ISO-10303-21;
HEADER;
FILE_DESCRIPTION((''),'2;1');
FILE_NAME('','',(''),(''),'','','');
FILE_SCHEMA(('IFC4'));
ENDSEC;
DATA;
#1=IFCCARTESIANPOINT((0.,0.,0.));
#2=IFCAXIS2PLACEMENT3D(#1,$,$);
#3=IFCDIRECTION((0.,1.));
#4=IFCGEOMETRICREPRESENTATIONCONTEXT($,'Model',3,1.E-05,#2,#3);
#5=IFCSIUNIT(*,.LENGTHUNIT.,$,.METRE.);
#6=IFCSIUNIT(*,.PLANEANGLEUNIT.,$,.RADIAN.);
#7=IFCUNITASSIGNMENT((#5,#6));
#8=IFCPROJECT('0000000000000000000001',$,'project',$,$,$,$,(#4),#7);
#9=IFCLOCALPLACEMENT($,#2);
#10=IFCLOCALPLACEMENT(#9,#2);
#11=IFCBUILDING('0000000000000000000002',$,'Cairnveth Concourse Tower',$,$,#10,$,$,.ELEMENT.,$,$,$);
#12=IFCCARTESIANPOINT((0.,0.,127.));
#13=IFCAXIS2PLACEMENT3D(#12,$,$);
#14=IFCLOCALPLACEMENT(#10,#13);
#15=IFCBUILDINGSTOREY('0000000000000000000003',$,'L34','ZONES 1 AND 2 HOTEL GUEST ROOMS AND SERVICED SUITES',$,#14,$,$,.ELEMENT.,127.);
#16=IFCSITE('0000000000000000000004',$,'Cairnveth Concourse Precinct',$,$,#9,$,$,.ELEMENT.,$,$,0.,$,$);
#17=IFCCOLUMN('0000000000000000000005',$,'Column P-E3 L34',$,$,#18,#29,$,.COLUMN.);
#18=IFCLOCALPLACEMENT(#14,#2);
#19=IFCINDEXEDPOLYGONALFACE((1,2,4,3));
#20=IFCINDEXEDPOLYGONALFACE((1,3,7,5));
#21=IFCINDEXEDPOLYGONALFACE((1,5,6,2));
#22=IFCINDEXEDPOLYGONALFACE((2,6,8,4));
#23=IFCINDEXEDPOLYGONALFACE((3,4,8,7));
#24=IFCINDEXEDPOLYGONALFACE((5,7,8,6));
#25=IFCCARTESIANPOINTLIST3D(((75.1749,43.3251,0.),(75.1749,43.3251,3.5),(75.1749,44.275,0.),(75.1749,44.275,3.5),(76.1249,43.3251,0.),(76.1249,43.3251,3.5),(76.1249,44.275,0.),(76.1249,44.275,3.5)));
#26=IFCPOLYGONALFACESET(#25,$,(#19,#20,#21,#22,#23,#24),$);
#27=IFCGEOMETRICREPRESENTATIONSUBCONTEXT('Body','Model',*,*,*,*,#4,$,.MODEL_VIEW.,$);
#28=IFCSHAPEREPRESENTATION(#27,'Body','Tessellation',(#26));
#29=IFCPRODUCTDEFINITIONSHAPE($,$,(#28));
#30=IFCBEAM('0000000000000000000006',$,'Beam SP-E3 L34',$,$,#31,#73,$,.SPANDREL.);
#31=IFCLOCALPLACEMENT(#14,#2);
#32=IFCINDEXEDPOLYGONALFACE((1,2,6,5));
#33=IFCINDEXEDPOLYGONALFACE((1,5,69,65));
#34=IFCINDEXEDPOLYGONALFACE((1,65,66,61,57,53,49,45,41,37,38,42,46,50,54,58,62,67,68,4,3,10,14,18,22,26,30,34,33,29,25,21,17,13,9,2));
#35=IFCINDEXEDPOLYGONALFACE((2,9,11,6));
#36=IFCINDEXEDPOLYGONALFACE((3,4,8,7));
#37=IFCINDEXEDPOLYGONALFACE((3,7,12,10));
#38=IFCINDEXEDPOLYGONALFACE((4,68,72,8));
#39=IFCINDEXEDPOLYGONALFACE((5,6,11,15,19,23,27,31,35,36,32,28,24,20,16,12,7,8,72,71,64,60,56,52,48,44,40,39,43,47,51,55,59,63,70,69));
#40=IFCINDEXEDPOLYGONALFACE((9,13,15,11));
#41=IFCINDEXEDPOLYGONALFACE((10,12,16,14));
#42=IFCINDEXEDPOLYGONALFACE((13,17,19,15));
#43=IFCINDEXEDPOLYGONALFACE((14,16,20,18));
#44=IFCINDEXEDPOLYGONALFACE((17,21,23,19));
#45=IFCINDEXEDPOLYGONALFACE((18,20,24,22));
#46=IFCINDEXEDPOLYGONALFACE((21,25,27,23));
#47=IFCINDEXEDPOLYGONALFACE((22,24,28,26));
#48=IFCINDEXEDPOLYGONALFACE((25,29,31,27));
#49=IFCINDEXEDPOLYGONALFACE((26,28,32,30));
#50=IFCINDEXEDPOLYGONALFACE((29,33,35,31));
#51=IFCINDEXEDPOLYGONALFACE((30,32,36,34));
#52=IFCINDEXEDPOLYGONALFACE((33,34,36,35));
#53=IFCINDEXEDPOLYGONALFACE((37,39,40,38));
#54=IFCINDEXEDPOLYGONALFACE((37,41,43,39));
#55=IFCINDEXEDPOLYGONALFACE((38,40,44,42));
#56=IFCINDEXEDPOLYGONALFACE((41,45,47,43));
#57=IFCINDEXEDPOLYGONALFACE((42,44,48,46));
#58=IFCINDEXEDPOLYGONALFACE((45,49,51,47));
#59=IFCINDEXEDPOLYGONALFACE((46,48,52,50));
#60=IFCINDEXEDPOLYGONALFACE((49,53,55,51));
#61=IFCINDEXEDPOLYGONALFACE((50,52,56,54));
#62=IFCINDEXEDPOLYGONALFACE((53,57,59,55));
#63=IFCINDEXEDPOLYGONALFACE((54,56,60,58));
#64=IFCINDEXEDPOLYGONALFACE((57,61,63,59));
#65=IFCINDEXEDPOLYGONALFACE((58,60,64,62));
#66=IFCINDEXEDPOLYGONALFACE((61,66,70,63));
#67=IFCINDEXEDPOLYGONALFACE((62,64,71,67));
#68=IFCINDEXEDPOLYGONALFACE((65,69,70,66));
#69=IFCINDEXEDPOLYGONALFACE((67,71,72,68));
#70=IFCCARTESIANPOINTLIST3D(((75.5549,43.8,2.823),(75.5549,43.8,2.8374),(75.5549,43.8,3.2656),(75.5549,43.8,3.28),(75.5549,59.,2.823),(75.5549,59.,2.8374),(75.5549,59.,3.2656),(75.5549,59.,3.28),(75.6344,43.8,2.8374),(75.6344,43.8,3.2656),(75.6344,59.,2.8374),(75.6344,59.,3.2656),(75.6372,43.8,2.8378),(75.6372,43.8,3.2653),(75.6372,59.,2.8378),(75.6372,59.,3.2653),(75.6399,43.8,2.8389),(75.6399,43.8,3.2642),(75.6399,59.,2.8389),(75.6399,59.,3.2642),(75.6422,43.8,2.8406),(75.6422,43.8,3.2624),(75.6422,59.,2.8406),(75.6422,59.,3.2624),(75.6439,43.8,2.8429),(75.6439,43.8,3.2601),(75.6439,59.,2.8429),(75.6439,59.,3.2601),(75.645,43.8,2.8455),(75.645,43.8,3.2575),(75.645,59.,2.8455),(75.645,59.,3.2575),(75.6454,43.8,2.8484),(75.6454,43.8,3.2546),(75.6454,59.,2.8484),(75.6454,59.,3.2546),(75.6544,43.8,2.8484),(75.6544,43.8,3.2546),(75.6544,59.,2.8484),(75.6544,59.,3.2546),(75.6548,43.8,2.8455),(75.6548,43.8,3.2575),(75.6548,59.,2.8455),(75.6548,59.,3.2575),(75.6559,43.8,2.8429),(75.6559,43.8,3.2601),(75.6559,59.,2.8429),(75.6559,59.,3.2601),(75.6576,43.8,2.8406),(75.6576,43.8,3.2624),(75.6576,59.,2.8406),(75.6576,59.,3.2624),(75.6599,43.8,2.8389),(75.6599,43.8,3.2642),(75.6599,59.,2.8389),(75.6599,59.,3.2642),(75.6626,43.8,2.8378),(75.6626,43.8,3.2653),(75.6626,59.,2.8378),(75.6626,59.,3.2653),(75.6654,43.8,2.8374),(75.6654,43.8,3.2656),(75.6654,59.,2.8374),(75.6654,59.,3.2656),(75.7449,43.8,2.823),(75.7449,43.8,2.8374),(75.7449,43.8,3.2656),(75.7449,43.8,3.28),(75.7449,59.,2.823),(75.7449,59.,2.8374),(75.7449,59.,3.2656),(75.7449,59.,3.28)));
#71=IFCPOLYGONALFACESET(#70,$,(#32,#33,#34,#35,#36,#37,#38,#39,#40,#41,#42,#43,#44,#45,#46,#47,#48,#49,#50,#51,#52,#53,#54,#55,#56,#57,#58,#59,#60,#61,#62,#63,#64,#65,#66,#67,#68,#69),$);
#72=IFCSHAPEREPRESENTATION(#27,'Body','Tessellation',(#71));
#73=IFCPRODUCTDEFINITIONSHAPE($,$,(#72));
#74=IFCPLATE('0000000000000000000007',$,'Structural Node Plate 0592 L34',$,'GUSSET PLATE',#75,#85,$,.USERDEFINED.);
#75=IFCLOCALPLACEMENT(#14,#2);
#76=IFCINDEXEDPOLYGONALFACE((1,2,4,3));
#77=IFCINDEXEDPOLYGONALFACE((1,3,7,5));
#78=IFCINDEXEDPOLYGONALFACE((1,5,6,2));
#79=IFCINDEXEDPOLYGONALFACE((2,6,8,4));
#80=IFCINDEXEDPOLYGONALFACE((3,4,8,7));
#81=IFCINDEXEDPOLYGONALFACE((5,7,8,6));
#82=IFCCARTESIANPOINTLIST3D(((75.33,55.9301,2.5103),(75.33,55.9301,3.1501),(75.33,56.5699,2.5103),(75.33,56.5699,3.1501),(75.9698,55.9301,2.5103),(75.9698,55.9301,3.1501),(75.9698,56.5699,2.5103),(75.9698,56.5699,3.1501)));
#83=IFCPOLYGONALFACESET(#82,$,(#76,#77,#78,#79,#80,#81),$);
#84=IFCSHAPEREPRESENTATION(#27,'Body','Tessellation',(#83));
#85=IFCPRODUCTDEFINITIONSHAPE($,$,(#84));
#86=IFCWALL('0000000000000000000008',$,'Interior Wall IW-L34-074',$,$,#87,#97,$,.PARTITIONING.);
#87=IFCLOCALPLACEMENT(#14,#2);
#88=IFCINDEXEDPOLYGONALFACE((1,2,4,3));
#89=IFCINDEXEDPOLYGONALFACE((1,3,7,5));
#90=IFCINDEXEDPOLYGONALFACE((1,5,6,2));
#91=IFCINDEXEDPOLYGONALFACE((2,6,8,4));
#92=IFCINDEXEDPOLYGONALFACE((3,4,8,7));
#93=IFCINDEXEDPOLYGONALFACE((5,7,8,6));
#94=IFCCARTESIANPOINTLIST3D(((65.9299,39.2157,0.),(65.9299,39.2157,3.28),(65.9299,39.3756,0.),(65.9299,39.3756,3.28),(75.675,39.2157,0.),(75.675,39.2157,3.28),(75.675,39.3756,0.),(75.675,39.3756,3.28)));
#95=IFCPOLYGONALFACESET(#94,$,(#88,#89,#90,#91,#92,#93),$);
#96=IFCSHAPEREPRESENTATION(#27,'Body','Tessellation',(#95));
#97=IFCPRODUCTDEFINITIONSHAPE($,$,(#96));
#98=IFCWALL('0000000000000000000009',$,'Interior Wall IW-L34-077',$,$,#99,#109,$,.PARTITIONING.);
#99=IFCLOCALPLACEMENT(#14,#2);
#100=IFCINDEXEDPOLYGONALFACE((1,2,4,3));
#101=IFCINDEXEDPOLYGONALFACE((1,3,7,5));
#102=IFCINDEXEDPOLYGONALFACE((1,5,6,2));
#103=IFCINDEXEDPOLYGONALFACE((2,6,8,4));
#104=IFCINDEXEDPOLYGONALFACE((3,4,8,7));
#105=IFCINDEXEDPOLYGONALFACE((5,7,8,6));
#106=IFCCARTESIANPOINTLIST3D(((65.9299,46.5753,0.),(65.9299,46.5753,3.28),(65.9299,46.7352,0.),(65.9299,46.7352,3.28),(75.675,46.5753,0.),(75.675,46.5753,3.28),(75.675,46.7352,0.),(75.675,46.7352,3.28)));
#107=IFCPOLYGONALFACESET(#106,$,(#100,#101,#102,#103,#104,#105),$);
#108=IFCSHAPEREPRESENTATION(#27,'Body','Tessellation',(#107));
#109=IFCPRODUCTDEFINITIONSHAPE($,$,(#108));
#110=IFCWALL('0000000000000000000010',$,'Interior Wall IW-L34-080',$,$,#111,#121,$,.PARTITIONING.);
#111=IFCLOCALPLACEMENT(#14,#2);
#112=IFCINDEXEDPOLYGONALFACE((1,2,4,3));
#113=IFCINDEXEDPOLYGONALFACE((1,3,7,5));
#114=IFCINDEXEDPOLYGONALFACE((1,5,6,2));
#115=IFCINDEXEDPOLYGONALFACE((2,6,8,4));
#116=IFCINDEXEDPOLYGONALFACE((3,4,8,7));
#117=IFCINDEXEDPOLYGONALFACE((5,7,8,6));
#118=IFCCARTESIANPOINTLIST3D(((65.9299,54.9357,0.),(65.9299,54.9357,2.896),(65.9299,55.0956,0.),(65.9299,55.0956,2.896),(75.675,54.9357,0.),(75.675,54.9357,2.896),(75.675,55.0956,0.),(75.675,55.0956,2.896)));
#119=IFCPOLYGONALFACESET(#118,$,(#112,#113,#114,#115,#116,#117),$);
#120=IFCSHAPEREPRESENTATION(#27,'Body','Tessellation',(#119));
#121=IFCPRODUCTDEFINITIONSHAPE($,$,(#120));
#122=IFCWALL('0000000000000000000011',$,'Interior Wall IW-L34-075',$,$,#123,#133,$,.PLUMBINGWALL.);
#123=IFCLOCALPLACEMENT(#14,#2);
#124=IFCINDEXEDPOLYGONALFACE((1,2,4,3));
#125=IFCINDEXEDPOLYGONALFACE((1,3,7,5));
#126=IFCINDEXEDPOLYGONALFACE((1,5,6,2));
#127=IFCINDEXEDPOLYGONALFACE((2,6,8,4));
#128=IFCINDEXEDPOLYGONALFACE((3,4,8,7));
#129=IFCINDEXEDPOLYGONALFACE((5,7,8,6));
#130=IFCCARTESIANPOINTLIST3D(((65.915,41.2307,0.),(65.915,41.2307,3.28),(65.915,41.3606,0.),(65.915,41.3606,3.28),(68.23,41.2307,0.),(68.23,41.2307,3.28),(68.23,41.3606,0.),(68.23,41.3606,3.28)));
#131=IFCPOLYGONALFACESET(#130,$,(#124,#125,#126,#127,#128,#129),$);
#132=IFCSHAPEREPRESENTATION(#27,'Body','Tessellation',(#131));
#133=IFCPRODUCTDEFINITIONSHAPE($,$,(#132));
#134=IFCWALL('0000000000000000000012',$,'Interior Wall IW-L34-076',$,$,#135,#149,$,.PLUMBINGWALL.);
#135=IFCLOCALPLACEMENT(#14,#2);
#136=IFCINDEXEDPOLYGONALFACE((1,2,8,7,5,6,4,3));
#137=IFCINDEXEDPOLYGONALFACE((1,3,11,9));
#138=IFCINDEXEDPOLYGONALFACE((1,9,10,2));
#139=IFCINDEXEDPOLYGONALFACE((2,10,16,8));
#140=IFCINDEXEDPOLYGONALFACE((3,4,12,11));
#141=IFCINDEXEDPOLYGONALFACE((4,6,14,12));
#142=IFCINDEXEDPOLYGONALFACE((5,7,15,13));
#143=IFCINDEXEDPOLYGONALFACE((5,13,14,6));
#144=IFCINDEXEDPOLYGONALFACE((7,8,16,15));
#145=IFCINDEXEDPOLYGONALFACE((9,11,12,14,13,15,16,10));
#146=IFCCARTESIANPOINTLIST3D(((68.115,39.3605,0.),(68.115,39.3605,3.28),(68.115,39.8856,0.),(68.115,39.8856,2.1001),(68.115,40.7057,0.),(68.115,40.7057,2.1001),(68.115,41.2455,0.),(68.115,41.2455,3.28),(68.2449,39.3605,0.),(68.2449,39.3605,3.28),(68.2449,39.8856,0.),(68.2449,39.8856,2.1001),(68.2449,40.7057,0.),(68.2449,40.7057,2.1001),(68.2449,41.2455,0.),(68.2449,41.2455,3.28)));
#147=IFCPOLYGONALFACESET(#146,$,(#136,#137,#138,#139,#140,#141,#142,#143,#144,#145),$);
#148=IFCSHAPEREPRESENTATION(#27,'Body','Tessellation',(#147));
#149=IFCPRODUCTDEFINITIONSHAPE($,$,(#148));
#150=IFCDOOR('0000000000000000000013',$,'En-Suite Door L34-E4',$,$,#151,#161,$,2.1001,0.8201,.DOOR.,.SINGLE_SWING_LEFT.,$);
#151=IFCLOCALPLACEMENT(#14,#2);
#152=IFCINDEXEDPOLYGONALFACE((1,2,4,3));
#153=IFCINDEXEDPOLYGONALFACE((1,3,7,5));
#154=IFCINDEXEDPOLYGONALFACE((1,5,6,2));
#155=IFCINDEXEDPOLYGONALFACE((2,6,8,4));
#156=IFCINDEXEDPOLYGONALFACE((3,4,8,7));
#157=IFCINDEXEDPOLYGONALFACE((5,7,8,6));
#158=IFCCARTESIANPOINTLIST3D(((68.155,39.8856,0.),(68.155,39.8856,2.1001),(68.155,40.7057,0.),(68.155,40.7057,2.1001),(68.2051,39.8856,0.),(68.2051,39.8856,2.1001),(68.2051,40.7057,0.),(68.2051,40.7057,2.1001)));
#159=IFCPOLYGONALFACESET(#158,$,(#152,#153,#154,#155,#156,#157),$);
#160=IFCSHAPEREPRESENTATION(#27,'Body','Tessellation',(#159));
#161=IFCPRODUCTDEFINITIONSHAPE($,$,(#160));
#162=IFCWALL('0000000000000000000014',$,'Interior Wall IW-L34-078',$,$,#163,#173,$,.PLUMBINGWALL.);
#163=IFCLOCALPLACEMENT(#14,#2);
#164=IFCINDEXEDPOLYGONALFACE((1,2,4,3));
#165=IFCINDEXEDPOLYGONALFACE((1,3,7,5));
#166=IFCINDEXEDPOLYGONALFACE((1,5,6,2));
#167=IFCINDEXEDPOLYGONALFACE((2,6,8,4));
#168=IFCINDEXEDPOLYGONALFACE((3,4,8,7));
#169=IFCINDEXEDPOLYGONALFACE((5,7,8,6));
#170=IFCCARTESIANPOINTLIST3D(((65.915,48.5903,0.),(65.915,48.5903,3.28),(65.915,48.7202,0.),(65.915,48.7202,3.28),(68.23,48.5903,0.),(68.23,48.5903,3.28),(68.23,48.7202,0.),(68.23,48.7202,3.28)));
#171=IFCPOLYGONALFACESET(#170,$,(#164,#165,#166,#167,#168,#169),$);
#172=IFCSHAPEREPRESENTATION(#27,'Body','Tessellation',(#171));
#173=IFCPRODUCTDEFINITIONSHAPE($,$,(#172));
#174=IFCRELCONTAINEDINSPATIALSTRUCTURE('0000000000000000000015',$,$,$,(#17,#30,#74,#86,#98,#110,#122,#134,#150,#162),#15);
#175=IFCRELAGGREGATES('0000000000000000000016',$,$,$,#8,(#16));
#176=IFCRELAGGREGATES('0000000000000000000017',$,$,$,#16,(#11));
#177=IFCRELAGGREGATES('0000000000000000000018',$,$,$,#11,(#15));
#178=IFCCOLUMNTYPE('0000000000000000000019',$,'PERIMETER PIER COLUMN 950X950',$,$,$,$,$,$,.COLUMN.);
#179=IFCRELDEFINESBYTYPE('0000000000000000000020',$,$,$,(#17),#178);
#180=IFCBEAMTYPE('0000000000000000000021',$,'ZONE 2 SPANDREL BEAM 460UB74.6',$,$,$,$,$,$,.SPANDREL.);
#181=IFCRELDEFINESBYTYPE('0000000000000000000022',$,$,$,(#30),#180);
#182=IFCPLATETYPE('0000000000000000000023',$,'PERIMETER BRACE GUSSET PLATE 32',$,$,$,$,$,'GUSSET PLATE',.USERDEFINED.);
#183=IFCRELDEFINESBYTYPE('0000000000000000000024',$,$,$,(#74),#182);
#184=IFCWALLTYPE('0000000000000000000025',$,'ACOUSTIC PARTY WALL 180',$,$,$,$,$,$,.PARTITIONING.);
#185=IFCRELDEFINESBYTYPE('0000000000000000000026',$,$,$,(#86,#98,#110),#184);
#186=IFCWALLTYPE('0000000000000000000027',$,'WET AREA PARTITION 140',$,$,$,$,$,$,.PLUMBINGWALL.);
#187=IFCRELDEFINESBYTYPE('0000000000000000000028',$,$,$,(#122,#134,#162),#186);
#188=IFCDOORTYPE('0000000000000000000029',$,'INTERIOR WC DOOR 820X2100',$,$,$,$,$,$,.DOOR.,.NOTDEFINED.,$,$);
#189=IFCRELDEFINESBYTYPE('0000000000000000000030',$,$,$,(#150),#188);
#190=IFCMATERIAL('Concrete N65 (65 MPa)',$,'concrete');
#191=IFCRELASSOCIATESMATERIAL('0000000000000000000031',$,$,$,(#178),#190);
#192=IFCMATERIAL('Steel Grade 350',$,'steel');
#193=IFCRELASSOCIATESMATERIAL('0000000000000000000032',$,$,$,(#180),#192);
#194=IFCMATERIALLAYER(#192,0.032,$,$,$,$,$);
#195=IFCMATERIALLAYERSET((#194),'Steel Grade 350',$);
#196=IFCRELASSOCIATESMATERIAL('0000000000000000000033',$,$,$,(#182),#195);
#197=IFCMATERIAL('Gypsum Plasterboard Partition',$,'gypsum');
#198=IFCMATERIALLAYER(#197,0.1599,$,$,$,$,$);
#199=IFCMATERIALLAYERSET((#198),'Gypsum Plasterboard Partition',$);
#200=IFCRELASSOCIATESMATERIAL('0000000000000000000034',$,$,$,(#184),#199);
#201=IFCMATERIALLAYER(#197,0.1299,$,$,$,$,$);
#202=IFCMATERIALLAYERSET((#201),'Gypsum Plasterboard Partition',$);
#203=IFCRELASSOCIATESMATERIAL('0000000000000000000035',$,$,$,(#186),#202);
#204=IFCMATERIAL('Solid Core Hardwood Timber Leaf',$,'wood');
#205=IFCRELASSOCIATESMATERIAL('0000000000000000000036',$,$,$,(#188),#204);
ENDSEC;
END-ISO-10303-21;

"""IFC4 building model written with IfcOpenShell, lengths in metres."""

from ifc_helpers import new_model, si_unit, direction, frame, frame_2d, origin, origin_2d, place, context, subcontext, project, spatial, rectangle, i_section, extrude, material, layer, layer_set, material_profile, profile_set, type_object, element, fill, save


model = new_model("IFC4")

# Units and contexts
model_context = context("Model", 3, precision=1e-05, world=origin(), true_north=direction((0.0, 1.0)))
body_context = subcontext(model_context, "Body", "Model", "MODEL_VIEW")
ifc_project = project(units=[si_unit("LENGTHUNIT", "METRE"), si_unit("PLANEANGLEUNIT", "RADIAN")], contexts=[model_context])

# Site, building, storey
site_placement = place(None, origin())
site = spatial("IfcSite", under=ifc_project, at=site_placement, Name="Cairnveth Concourse Precinct", CompositionType="ELEMENT", RefElevation=0.0)
building_placement = place(site_placement, origin())
building = spatial("IfcBuilding", under=site, at=building_placement, Name="Cairnveth Concourse Tower", CompositionType="ELEMENT")
storey_placement = place(building_placement, frame((0.0, 0.0, 127.0)))
storey = spatial("IfcBuildingStorey", under=building, at=storey_placement, Name="L34", Description="ZONES 1 AND 2 HOTEL GUEST ROOMS AND SERVICED SUITES", CompositionType="ELEMENT", Elevation=127.0)

# Column
ifc_material_1 = material(Name="Concrete N65 (65 MPa)", Category="concrete")
ifc_material_profile_1 = material_profile(ifc_material_1, rectangle(XDim=0.95, YDim=0.95, at=origin_2d()), Name="RC-COL-950x950")
ifc_profile_set_1 = profile_set([ifc_material_profile_1], Name="Concrete N65 (65 MPa)")
column_type = type_object("IfcColumnType", Name="PERIMETER PIER COLUMN 950X950", PredefinedType="COLUMN", material=ifc_profile_set_1)
column_placement = place(storey_placement, frame((75.6499, 43.8, 0.0), z_axis=(0.0, 0.0, 1.0), x_axis=(0.0, 1.0, 0.0)))
element("IfcColumn", 1, at=column_placement, inside=storey, type_object=column_type, Name="Column P-E3 L34", PredefinedType="COLUMN", context=body_context, shape_type="SweptSolid", body=[
    extrude(rectangle(XDim=0.95, YDim=0.95, at=origin_2d()), origin(), (0.0, 0.0, 1.0), 3.5),
])

# Beam
ifc_material_2 = material(Name="Steel Grade 350", Category="steel")
ifc_material_profile_2 = material_profile(ifc_material_2, i_section(OverallWidth=0.1899, OverallDepth=0.457, WebThickness=0.009, FlangeThickness=0.0144, FilletRadius=0.011, at=origin_2d()), Name="460UB74.6")
ifc_profile_set_2 = profile_set([ifc_material_profile_2], Name="Steel Grade 350")
beam_type = type_object("IfcBeamType", Name="ZONE 2 SPANDREL BEAM 460UB74.6", PredefinedType="SPANDREL", material=ifc_profile_set_2)
beam_placement = place(storey_placement, frame((75.6499, 43.8, 3.0515), z_axis=(0.0, 1.0, 0.0), x_axis=(-1.0, 0.0, 0.0)))
element("IfcBeam", 2, at=beam_placement, inside=storey, type_object=beam_type, Name="Beam SP-E3 L34", PredefinedType="SPANDREL", context=body_context, shape_type="SweptSolid", body=[
    extrude(i_section(OverallWidth=0.1899, OverallDepth=0.457, WebThickness=0.009, FlangeThickness=0.0144, FilletRadius=0.011, at=origin_2d()), origin(), (0.0, 0.0, 1.0), 15.2),
])

# Plate
ifc_layer_1 = layer(ifc_material_2, 0.032)
ifc_layer_set_1 = layer_set([ifc_layer_1], Name="Steel Grade 350")
plate_type = type_object("IfcPlateType", Name="PERIMETER BRACE GUSSET PLATE 32", ElementType="GUSSET PLATE", PredefinedType="USERDEFINED", material=ifc_layer_set_1)
plate_placement = place(storey_placement, frame((75.6499, 56.25, 2.5103), z_axis=(0.0, 0.0, 1.0), x_axis=(1.0, 0.0, 0.0)))
element("IfcPlate", 3, at=plate_placement, inside=storey, type_object=plate_type, Name="Structural Node Plate 0592 L34", ObjectType="GUSSET PLATE", PredefinedType="USERDEFINED", context=body_context, shape_type="SweptSolid", body=[
    extrude(rectangle(XDim=0.6399, YDim=0.6399, at=origin_2d()), origin(), (0.0, 0.0, 1.0), 0.6399),
])

# Walls
ifc_material_3 = material(Name="Gypsum Plasterboard Partition", Category="gypsum")
ifc_layer_2 = layer(ifc_material_3, 0.1599)
ifc_layer_set_2 = layer_set([ifc_layer_2], Name="Gypsum Plasterboard Partition")
wall_type_1 = type_object("IfcWallType", Name="ACOUSTIC PARTY WALL 180", PredefinedType="PARTITIONING", material=ifc_layer_set_2)
for number, where, z_axis, x_axis, name in (
    (4, (65.9299, 39.2957, 0.0), (0.0, 0.0, 1.0), (1.0, 0.0, 0.0), "Interior Wall IW-L34-074"),
    (5, (65.9299, 46.6553, 0.0), (0.0, 0.0, 1.0), (1.0, 0.0, 0.0), "Interior Wall IW-L34-077"),
):
    element("IfcWall", number, at=place(storey_placement, frame(where, z_axis=z_axis, x_axis=x_axis)), inside=storey, type_object=wall_type_1, Name=name, PredefinedType="PARTITIONING", context=body_context, shape_type="SweptSolid", body=[
        extrude(rectangle(XDim=9.7451, YDim=0.1599, at=frame_2d((4.8726, 0.0))), origin(), (0.0, 0.0, 1.0), 3.28),
    ])
wall_1_placement = place(storey_placement, frame((65.9299, 55.0156, 0.0), z_axis=(0.0, 0.0, 1.0), x_axis=(1.0, 0.0, 0.0)))
element("IfcWall", 6, at=wall_1_placement, inside=storey, type_object=wall_type_1, Name="Interior Wall IW-L34-080", PredefinedType="PARTITIONING", context=body_context, shape_type="SweptSolid", body=[
    extrude(rectangle(XDim=9.7451, YDim=0.1599, at=frame_2d((4.8726, 0.0))), origin(), (0.0, 0.0, 1.0), 2.896),
])
ifc_layer_3 = layer(ifc_material_3, 0.1299)
ifc_layer_set_3 = layer_set([ifc_layer_3], Name="Gypsum Plasterboard Partition")
wall_type_2 = type_object("IfcWallType", Name="WET AREA PARTITION 140", PredefinedType="PLUMBINGWALL", material=ifc_layer_set_3)
wall_2_placement = place(storey_placement, frame((65.915, 41.2957, 0.0), z_axis=(0.0, 0.0, 1.0), x_axis=(1.0, 0.0, 0.0)))
element("IfcWall", 7, at=wall_2_placement, inside=storey, type_object=wall_type_2, Name="Interior Wall IW-L34-075", PredefinedType="PLUMBINGWALL", context=body_context, shape_type="SweptSolid", body=[
    extrude(rectangle(XDim=2.3149, YDim=0.1299, at=frame_2d((1.1575, 0.0))), origin(), (0.0, 0.0, 1.0), 3.28),
])

# Wall, opening, door
wall_3_placement = place(storey_placement, frame((68.1799, 39.3606, 0.0), z_axis=(0.0, 0.0, 1.0), x_axis=(0.0, 1.0, 0.0)))
wall_3 = element("IfcWall", 8, at=wall_3_placement, inside=storey, type_object=wall_type_2, Name="Interior Wall IW-L34-076", PredefinedType="PLUMBINGWALL", context=body_context, shape_type="SweptSolid", body=[
    extrude(rectangle(XDim=1.885, YDim=0.1299, at=frame_2d((0.9424, 0.0))), origin(), (0.0, 0.0, 1.0), 3.28),
])
opening_1_placement = place(wall_3_placement, frame((0.5249, 0.0, 0.0)))
opening_1 = element("IfcOpeningElement", 9, at=opening_1_placement, cuts=wall_3, PredefinedType="OPENING", context=body_context, shape_type="SweptSolid", body=[
    extrude(rectangle(XDim=0.8201, YDim=2.1001, at=frame_2d((0.4102, 1.05))), frame((0.0, 0.075, 0.0), z_axis=(0.0, -1.0, 0.0), x_axis=(1.0, 0.0, 0.0)), (0.0, 0.0, 1.0), 0.1499),
])
ifc_material_4 = material(Name="Solid Core Hardwood Timber Leaf", Category="wood")
door_type = type_object("IfcDoorType", Name="INTERIOR WC DOOR 820X2100", OperationType="NOTDEFINED", PredefinedType="DOOR", material=ifc_material_4)
door_1_placement = place(opening_1_placement, origin())
door_1 = element("IfcDoor", 10, at=door_1_placement, inside=storey, type_object=door_type, Name="En-Suite Door L34-E4", OperationType="SINGLE_SWING_LEFT", OverallHeight=2.1001, OverallWidth=0.8201, PredefinedType="DOOR", context=body_context, shape_type="SweptSolid", body=[
    extrude(rectangle(XDim=0.8201, YDim=2.1001, at=frame_2d((0.4102, 1.05))), frame((0.0, 0.0249, 0.0), z_axis=(0.0, -1.0, 0.0), x_axis=(1.0, 0.0, 0.0)), (0.0, 0.0, 1.0), 0.05),
])
fill(opening_1, door_1)

# Wall
wall_4_placement = place(storey_placement, frame((65.915, 48.6553, 0.0), z_axis=(0.0, 0.0, 1.0), x_axis=(1.0, 0.0, 0.0)))
element("IfcWall", 11, at=wall_4_placement, inside=storey, type_object=wall_type_2, Name="Interior Wall IW-L34-078", PredefinedType="PLUMBINGWALL", context=body_context, shape_type="SweptSolid", body=[
    extrude(rectangle(XDim=2.3149, YDim=0.1299, at=frame_2d((1.1575, 0.0))), origin(), (0.0, 0.0, 1.0), 3.28),
])

save(model, "model.ifc")
